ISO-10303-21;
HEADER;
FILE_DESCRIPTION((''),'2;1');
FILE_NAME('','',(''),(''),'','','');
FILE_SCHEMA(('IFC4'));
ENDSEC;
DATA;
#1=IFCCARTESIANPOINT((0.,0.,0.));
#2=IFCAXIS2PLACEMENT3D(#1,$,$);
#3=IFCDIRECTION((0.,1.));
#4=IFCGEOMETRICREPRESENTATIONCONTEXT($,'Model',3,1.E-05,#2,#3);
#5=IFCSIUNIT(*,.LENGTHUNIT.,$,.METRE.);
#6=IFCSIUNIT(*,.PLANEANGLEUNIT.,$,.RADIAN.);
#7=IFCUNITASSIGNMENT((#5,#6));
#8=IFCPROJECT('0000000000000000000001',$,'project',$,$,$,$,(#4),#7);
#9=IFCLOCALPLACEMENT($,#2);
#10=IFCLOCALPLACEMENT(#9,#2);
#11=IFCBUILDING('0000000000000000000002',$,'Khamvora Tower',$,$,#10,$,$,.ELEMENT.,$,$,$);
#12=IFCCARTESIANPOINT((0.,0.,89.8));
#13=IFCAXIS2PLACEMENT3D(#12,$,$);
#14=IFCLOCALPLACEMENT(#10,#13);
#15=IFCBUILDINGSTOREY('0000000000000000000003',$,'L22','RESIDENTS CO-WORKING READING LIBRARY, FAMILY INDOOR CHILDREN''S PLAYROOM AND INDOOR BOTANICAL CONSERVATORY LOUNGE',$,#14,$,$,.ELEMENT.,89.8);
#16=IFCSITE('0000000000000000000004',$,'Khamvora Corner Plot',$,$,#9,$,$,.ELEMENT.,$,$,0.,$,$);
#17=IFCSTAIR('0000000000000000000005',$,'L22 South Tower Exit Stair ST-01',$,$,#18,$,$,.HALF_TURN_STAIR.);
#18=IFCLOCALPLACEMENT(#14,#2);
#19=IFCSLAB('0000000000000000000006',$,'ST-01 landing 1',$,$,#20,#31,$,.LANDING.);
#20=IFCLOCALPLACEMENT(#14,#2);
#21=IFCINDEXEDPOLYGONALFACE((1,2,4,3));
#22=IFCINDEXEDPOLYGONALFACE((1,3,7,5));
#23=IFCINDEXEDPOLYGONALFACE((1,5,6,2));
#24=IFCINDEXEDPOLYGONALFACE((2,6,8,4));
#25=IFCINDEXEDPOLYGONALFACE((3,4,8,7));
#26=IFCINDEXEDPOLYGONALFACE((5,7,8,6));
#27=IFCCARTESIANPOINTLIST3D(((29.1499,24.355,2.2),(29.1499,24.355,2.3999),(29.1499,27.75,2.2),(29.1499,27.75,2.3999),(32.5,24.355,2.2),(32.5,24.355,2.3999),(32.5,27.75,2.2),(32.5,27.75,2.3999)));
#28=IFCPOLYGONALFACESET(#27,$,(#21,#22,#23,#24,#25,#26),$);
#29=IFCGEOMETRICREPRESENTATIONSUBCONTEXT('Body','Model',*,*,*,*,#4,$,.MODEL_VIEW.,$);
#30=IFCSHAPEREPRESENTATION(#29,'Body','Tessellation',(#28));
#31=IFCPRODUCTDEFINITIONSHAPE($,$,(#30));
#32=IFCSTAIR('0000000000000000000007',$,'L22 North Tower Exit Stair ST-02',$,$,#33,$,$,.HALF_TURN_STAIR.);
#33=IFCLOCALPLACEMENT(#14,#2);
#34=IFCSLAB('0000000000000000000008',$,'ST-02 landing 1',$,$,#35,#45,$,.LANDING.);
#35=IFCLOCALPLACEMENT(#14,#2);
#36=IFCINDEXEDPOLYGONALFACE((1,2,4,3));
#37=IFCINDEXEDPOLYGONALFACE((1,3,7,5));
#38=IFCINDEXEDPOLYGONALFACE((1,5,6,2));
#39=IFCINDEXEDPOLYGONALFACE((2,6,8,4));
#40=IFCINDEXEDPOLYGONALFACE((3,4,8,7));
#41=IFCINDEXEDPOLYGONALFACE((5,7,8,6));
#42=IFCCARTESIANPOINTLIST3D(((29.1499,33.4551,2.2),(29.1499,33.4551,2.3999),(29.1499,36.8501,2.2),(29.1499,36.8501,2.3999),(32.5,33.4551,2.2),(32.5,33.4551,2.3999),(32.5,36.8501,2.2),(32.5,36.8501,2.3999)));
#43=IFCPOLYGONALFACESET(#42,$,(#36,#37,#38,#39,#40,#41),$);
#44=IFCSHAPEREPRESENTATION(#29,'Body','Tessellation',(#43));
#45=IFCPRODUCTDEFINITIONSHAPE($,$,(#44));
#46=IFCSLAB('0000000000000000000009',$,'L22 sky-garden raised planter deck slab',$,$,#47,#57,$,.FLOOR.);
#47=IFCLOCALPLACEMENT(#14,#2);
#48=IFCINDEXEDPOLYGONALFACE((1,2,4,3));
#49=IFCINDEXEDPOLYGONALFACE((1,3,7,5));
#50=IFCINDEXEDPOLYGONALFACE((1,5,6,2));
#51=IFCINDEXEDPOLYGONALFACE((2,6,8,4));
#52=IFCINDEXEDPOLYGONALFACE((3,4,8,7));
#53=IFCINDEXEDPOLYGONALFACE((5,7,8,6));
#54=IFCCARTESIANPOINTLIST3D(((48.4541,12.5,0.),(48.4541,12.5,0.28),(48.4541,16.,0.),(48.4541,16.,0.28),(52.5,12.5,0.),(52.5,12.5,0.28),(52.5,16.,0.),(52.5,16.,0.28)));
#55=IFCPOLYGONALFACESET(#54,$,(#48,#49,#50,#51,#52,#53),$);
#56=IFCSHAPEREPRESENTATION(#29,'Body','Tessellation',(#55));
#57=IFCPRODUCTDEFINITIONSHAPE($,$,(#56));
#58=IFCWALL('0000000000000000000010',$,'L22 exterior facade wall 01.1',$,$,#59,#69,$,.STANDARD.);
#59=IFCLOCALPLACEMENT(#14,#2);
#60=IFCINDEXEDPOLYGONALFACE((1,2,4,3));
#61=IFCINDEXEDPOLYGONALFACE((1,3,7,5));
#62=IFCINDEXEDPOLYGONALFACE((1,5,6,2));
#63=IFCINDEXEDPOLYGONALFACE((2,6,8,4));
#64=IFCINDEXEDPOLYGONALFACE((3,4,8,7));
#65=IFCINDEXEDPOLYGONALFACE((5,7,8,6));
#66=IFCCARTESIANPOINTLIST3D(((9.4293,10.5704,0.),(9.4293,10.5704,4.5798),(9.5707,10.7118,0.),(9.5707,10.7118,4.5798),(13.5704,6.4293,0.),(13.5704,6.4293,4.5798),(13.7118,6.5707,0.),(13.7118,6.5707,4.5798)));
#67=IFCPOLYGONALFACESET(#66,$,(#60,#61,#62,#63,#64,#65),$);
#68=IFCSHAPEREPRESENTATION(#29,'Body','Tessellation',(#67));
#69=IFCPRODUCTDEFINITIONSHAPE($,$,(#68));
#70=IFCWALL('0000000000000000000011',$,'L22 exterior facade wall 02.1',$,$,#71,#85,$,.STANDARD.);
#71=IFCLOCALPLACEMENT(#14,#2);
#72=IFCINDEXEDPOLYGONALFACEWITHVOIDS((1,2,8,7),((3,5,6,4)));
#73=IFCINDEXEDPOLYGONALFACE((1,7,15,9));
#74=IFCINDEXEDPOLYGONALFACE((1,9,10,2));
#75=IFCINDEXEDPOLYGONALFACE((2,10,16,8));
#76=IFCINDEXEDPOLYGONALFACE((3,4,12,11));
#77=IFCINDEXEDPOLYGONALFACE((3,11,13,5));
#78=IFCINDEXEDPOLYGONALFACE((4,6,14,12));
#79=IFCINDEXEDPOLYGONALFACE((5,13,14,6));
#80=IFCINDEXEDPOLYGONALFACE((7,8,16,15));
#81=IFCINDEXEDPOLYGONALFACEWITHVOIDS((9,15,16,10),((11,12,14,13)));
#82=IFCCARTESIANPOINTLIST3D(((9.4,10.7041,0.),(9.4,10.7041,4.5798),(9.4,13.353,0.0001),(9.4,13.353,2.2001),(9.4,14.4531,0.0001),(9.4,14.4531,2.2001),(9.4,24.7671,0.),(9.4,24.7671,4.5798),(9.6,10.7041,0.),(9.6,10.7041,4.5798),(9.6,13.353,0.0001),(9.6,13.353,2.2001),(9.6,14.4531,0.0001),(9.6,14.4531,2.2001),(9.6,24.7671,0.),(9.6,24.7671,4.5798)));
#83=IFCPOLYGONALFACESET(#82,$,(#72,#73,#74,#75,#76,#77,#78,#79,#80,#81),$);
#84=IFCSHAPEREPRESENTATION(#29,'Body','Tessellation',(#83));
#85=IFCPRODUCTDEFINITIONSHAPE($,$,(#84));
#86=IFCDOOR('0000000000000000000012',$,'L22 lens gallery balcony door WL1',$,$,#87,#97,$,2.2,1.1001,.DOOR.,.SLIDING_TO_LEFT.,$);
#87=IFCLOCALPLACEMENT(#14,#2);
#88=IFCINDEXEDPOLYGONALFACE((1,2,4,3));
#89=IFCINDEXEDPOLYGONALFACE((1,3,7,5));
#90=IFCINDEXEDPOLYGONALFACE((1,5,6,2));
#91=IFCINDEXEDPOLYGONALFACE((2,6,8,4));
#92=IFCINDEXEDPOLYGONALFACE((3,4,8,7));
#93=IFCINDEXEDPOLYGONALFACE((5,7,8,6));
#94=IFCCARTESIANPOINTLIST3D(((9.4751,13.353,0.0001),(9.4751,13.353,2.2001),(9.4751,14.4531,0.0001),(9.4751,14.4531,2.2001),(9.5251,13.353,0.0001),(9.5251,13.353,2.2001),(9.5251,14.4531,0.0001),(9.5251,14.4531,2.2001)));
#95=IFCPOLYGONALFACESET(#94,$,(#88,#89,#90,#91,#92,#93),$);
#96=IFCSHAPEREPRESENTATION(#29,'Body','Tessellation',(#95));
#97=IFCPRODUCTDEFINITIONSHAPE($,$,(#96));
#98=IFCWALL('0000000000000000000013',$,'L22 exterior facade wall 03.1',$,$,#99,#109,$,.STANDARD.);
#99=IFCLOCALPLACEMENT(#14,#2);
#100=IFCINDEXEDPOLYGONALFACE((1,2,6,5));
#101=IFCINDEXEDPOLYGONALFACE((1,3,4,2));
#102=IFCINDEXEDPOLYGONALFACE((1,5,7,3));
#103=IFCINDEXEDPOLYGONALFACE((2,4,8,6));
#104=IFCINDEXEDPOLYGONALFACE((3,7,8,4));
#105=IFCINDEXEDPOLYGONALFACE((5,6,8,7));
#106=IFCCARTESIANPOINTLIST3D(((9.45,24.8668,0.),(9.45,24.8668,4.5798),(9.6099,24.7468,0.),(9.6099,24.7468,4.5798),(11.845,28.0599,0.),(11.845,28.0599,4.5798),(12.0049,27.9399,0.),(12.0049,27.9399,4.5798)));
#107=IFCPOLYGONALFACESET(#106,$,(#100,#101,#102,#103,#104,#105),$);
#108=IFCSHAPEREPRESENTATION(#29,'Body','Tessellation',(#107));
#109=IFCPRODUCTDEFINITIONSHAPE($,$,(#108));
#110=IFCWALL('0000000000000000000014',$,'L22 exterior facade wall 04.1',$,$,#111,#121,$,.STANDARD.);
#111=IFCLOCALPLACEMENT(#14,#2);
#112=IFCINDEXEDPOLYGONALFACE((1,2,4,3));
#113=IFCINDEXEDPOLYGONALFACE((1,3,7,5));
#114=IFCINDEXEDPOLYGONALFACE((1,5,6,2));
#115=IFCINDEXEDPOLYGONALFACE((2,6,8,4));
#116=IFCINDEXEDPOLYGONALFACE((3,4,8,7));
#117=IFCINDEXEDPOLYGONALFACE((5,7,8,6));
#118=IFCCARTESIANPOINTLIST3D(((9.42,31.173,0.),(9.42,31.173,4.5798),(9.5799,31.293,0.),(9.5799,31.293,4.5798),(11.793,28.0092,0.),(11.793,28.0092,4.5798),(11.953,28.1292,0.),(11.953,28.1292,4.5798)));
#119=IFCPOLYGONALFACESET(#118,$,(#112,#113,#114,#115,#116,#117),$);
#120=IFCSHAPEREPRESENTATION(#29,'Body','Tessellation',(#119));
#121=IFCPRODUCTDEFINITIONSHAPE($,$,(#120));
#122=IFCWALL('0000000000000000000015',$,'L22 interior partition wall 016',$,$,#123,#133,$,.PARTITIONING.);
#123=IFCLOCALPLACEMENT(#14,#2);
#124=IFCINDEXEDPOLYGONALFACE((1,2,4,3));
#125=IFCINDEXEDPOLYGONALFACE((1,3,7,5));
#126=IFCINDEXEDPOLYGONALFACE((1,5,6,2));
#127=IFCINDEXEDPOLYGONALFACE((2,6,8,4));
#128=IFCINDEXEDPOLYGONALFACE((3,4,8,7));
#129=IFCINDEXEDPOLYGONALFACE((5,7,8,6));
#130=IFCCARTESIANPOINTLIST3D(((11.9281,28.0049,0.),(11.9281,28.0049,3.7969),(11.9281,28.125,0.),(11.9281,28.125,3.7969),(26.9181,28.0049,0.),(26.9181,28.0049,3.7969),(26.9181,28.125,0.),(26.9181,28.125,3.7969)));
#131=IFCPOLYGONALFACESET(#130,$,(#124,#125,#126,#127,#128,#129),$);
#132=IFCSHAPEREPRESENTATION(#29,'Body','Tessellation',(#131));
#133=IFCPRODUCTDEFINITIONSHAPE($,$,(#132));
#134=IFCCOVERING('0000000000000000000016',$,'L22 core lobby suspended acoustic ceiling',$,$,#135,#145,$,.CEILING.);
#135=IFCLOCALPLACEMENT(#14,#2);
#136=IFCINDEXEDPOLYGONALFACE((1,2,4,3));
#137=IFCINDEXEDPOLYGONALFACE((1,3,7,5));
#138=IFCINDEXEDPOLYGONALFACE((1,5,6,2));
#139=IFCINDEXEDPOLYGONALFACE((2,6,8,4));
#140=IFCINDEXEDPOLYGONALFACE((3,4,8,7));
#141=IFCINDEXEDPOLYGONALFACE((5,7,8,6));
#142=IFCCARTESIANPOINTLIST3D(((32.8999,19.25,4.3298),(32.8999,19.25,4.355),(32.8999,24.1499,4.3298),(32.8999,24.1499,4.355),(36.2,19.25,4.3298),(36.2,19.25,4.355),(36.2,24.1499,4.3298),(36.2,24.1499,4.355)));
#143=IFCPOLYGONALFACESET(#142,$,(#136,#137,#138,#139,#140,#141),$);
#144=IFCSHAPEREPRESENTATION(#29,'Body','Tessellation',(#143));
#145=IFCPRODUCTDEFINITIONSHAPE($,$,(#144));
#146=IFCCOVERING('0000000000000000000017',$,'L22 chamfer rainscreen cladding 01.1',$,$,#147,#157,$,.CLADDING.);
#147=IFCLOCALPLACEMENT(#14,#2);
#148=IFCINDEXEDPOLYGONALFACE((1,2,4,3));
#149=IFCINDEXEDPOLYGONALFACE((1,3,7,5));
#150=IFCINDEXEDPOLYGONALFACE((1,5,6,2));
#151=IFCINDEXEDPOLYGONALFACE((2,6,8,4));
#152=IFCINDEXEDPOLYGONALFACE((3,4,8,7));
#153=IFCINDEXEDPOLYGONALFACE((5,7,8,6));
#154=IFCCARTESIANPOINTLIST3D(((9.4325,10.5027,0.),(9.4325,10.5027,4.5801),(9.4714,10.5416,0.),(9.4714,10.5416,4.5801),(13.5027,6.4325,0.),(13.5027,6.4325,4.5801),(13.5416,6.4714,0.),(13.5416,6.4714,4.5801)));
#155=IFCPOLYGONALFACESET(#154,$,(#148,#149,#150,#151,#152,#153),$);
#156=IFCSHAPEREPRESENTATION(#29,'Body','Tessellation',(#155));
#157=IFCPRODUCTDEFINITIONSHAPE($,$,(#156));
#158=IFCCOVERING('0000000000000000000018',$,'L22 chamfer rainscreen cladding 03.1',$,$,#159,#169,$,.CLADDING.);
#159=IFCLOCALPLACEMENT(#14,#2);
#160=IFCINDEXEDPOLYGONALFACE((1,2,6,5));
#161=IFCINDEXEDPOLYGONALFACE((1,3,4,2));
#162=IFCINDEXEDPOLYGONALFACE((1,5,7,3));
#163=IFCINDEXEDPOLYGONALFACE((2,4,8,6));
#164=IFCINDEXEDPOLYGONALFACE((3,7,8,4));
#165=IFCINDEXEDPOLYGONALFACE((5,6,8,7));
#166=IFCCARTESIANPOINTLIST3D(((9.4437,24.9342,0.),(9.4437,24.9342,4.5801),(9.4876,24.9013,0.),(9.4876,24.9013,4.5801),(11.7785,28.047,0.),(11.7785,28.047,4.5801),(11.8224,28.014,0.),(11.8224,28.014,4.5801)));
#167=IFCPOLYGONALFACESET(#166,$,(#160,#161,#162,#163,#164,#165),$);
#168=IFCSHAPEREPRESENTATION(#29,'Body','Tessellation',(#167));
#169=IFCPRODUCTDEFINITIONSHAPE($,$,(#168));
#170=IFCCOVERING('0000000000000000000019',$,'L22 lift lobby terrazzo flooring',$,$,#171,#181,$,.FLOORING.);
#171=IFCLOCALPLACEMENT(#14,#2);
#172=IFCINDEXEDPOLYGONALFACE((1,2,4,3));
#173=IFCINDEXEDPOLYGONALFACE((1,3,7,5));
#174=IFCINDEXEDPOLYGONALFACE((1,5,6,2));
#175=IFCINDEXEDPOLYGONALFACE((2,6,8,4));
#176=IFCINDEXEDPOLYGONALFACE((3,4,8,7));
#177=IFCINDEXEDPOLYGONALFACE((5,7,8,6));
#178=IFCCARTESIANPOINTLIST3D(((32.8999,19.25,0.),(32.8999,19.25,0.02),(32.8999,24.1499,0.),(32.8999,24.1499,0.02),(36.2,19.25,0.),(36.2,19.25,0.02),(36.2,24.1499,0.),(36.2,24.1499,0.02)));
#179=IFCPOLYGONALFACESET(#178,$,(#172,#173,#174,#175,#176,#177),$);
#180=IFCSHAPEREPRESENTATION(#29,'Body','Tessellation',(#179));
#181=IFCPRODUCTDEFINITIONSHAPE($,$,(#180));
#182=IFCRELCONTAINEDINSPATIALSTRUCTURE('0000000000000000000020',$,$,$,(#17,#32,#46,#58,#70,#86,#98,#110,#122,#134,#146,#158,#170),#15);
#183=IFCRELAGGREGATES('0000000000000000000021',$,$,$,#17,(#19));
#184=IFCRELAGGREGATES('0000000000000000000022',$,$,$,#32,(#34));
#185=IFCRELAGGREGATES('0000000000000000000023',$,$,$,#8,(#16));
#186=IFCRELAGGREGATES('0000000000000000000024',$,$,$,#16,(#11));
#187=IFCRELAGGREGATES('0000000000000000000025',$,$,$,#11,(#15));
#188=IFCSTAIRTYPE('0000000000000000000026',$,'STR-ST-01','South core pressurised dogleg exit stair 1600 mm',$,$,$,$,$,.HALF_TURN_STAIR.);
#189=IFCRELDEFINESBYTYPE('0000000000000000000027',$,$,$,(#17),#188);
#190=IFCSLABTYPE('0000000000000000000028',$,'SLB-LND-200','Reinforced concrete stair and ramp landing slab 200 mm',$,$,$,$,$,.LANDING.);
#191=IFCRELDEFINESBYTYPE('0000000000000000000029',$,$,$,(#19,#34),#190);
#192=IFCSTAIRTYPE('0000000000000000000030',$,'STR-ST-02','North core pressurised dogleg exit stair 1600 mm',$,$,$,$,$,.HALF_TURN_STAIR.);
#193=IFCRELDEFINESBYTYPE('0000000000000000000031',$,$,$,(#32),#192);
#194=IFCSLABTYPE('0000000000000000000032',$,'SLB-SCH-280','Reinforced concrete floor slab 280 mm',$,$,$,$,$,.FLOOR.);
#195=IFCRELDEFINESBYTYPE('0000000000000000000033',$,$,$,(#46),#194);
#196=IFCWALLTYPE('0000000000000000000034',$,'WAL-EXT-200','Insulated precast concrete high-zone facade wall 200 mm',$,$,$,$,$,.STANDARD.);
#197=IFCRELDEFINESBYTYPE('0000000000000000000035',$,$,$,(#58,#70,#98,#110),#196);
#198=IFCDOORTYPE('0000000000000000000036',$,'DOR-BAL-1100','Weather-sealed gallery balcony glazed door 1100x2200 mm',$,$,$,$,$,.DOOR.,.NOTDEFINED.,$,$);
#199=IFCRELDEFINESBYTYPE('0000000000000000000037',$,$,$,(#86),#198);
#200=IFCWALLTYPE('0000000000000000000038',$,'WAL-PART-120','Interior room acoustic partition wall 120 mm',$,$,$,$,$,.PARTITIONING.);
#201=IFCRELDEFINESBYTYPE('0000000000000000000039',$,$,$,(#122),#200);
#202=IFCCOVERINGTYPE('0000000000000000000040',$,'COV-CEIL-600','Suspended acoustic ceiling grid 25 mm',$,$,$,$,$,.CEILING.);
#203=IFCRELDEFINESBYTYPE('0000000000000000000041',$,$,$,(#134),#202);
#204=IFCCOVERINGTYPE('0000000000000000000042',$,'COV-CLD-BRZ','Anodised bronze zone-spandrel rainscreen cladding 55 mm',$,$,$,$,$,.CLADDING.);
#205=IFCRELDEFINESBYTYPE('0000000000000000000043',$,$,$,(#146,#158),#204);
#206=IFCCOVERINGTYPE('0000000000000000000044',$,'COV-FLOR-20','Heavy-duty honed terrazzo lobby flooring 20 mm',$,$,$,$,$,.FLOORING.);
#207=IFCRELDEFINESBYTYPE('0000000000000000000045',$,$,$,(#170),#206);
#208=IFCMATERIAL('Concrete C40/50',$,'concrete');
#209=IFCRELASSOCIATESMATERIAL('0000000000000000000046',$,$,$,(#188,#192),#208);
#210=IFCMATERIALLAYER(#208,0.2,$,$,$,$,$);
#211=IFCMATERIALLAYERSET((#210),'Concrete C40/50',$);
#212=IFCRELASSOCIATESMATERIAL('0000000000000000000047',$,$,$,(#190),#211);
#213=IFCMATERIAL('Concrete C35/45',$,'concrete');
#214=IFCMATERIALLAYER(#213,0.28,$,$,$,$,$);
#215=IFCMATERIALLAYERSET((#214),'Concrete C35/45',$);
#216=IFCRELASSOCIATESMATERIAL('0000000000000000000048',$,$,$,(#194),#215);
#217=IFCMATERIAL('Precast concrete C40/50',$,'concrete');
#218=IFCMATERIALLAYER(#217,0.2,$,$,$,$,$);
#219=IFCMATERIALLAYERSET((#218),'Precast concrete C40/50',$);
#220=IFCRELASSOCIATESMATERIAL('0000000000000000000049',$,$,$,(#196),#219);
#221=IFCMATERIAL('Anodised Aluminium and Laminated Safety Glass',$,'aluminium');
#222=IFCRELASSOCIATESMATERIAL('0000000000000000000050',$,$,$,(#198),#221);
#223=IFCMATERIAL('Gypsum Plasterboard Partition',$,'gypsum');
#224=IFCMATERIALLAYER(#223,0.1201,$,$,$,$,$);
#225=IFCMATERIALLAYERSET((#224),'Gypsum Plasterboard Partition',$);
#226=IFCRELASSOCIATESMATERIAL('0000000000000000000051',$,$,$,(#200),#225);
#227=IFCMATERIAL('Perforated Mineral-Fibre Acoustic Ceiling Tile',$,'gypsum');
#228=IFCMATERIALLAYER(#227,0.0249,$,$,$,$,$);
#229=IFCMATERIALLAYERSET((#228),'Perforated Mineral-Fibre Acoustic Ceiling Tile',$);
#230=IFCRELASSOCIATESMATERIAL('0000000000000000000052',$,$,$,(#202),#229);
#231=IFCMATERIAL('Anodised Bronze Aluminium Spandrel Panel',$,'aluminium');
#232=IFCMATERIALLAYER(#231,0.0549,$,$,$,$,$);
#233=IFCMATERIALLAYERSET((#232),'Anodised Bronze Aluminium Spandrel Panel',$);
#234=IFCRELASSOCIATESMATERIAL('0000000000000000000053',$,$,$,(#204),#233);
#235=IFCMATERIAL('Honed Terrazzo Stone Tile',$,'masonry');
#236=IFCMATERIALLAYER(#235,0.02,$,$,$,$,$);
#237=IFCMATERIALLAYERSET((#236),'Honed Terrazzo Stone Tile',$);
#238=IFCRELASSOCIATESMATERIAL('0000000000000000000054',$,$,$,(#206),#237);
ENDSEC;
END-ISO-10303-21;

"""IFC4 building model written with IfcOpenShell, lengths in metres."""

from ifc_helpers import new_model, si_unit, direction, frame, frame_2d, origin, origin_2d, place, context, subcontext, project, spatial, polyline, rectangle, outline, extrude, material, layer, layer_set, type_object, element, fill, aggregate, save


model = new_model("IFC4")

# Units and contexts
model_context = context("Model", 3, precision=1e-05, world=origin(), true_north=direction((0.0, 1.0)))
body_context = subcontext(model_context, "Body", "Model", "MODEL_VIEW")
ifc_project = project(units=[si_unit("LENGTHUNIT", "METRE"), si_unit("PLANEANGLEUNIT", "RADIAN")], contexts=[model_context])

# Site, building, storey
site_placement = place(None, origin())
site = spatial("IfcSite", under=ifc_project, at=site_placement, Name="Khamvora Corner Plot", CompositionType="ELEMENT", RefElevation=0.0)
building_placement = place(site_placement, origin())
building = spatial("IfcBuilding", under=site, at=building_placement, Name="Khamvora Tower", CompositionType="ELEMENT")
storey_placement = place(building_placement, frame((0.0, 0.0, 89.8)))
storey = spatial("IfcBuildingStorey", under=building, at=storey_placement, Name="L22", Description="RESIDENTS CO-WORKING READING LIBRARY, FAMILY INDOOR CHILDREN'S PLAYROOM AND INDOOR BOTANICAL CONSERVATORY LOUNGE", CompositionType="ELEMENT", Elevation=89.8)

# Shared definitions
ifc_material_1 = material(Name="Concrete C40/50", Category="concrete")

# Stairs, slabs
stair_type_1 = type_object("IfcStairType", Name="STR-ST-01", Description="South core pressurised dogleg exit stair 1600 mm", PredefinedType="HALF_TURN_STAIR", material=ifc_material_1)
stair_1_placement = place(storey_placement, origin())
stair_1 = element("IfcStair", 1, at=stair_1_placement, inside=storey, type_object=stair_type_1, Name="L22 South Tower Exit Stair ST-01", PredefinedType="HALF_TURN_STAIR")
ifc_layer_1 = layer(ifc_material_1, 0.2)
ifc_layer_set_1 = layer_set([ifc_layer_1], Name="Concrete C40/50")
slab_type_1 = type_object("IfcSlabType", Name="SLB-LND-200", Description="Reinforced concrete stair and ramp landing slab 200 mm", PredefinedType="LANDING", material=ifc_layer_set_1)
slab_1_placement = place(storey_placement, frame((0.0, 0.0, 2.2)))
slab_1 = element("IfcSlab", 2, at=slab_1_placement, type_object=slab_type_1, Name="ST-01 landing 1", PredefinedType="LANDING", context=body_context, shape_type="SweptSolid", body=[
    extrude(outline(polyline([(32.5, 24.355), (32.5, 27.75), (29.1499, 27.75), (29.1499, 24.355), (32.5, 24.355)])), origin(), (0.0, 0.0, 1.0), 0.2),
])
aggregate(stair_1, [slab_1])
stair_type_2 = type_object("IfcStairType", Name="STR-ST-02", Description="North core pressurised dogleg exit stair 1600 mm", PredefinedType="HALF_TURN_STAIR", material=ifc_material_1)
stair_2_placement = place(storey_placement, origin())
stair_2 = element("IfcStair", 3, at=stair_2_placement, inside=storey, type_object=stair_type_2, Name="L22 North Tower Exit Stair ST-02", PredefinedType="HALF_TURN_STAIR")
slab_2_placement = place(storey_placement, frame((0.0, 0.0, 2.2)))
slab_2 = element("IfcSlab", 4, at=slab_2_placement, type_object=slab_type_1, Name="ST-02 landing 1", PredefinedType="LANDING", context=body_context, shape_type="SweptSolid", body=[
    extrude(outline(polyline([(32.5, 33.4551), (32.5, 36.8501), (29.1499, 36.8501), (29.1499, 33.4551), (32.5, 33.4551)])), origin(), (0.0, 0.0, 1.0), 0.2),
])
aggregate(stair_2, [slab_2])

# Slab
ifc_material_2 = material(Name="Concrete C35/45", Category="concrete")
ifc_layer_2 = layer(ifc_material_2, 0.28)
ifc_layer_set_2 = layer_set([ifc_layer_2], Name="Concrete C35/45")
slab_type_2 = type_object("IfcSlabType", Name="SLB-SCH-280", Description="Reinforced concrete floor slab 280 mm", PredefinedType="FLOOR", material=ifc_layer_set_2)
slab_3_placement = place(storey_placement, origin())
element("IfcSlab", 5, at=slab_3_placement, inside=storey, type_object=slab_type_2, Name="L22 sky-garden raised planter deck slab", PredefinedType="FLOOR", context=body_context, shape_type="SweptSolid", body=[
    extrude(outline(polyline([(48.4541, 12.5), (52.5, 12.5), (52.5, 16.0), (48.4541, 16.0), (48.4541, 12.5)])), origin(), (0.0, 0.0, 1.0), 0.28),
])

# Wall
ifc_material_3 = material(Name="Precast concrete C40/50", Category="concrete")
ifc_layer_3 = layer(ifc_material_3, 0.2)
ifc_layer_set_3 = layer_set([ifc_layer_3], Name="Precast concrete C40/50")
wall_type_1 = type_object("IfcWallType", Name="WAL-EXT-200", Description="Insulated precast concrete high-zone facade wall 200 mm", PredefinedType="STANDARD", material=ifc_layer_set_3)
wall_1_placement = place(storey_placement, frame((13.6411, 6.5, 0.0), z_axis=(0.0, 0.0, 1.0), x_axis=(-0.707107, 0.707107, 0.0)))
element("IfcWall", 6, at=wall_1_placement, inside=storey, type_object=wall_type_1, Name="L22 exterior facade wall 01.1", PredefinedType="STANDARD", context=body_context, shape_type="SweptSolid", body=[
    extrude(rectangle(XDim=5.8564, YDim=0.2, at=frame_2d((2.9282, 0.0))), origin(), (0.0, 0.0, 1.0), 4.5798),
])

# Wall, opening, door
wall_2_placement = place(storey_placement, frame((9.5, 10.7041, 0.0), z_axis=(0.0, 0.0, 1.0), x_axis=(0.0, 1.0, 0.0)))
wall_2 = element("IfcWall", 7, at=wall_2_placement, inside=storey, type_object=wall_type_1, Name="L22 exterior facade wall 02.1", PredefinedType="STANDARD", context=body_context, shape_type="SweptSolid", body=[
    extrude(rectangle(XDim=14.063, YDim=0.2, at=frame_2d((7.0315, 0.0))), origin(), (0.0, 0.0, 1.0), 4.5798),
])
opening_placement = place(wall_2_placement, frame((2.6489, 0.0, 0.0)))
opening = element("IfcOpeningElement", 8, at=opening_placement, cuts=wall_2, PredefinedType="OPENING", context=body_context, shape_type="SweptSolid", body=[
    extrude(rectangle(XDim=1.1001, YDim=2.2, at=frame_2d((0.55, 1.1001))), frame((0.0, 0.1099, 0.0), z_axis=(0.0, -1.0, 0.0), x_axis=(1.0, 0.0, 0.0)), (0.0, 0.0, 1.0), 0.22),
])
ifc_material_4 = material(Name="Anodised Aluminium and Laminated Safety Glass", Category="aluminium")
door_type = type_object("IfcDoorType", Name="DOR-BAL-1100", Description="Weather-sealed gallery balcony glazed door 1100x2200 mm", OperationType="NOTDEFINED", PredefinedType="DOOR", material=ifc_material_4)
door_placement = place(opening_placement, origin())
door = element("IfcDoor", 9, at=door_placement, inside=storey, type_object=door_type, Name="L22 lens gallery balcony door WL1", OperationType="SLIDING_TO_LEFT", OverallHeight=2.2, OverallWidth=1.1001, PredefinedType="DOOR", context=body_context, shape_type="SweptSolid", body=[
    extrude(rectangle(XDim=1.1001, YDim=2.2, at=frame_2d((0.55, 1.1001))), frame((0.0, 0.0249, 0.0), z_axis=(0.0, -1.0, 0.0), x_axis=(1.0, 0.0, 0.0)), (0.0, 0.0, 1.0), 0.05),
])
fill(opening, door)

# Walls
wall_3_placement = place(storey_placement, frame((9.53, 24.8069, 0.0), z_axis=(0.0, 0.0, 1.0), x_axis=(0.600029, 0.799978, 0.0)))
element("IfcWall", 10, at=wall_3_placement, inside=storey, type_object=wall_type_1, Name="L22 exterior facade wall 03.1", PredefinedType="STANDARD", context=body_context, shape_type="SweptSolid", body=[
    extrude(rectangle(XDim=3.9915, YDim=0.2, at=frame_2d((1.9956, 0.0))), origin(), (0.0, 0.0, 1.0), 4.5798),
])
wall_4_placement = place(storey_placement, frame((11.873, 28.0691, 0.0), z_axis=(0.0, 0.0, 1.0), x_axis=(-0.60003, 0.799978, 0.0)))
element("IfcWall", 11, at=wall_4_placement, inside=storey, type_object=wall_type_1, Name="L22 exterior facade wall 04.1", PredefinedType="STANDARD", context=body_context, shape_type="SweptSolid", body=[
    extrude(rectangle(XDim=3.9548, YDim=0.2, at=frame_2d((1.9775, 0.0))), origin(), (0.0, 0.0, 1.0), 4.5798),
])
ifc_material_5 = material(Name="Gypsum Plasterboard Partition", Category="gypsum")
ifc_layer_4 = layer(ifc_material_5, 0.1201)
ifc_layer_set_4 = layer_set([ifc_layer_4], Name="Gypsum Plasterboard Partition")
wall_type_2 = type_object("IfcWallType", Name="WAL-PART-120", Description="Interior room acoustic partition wall 120 mm", PredefinedType="PARTITIONING", material=ifc_layer_set_4)
wall_5_placement = place(storey_placement, frame((11.928, 28.0649, 0.0), z_axis=(0.0, 0.0, 1.0), x_axis=(1.0, 0.0, 0.0)))
element("IfcWall", 12, at=wall_5_placement, inside=storey, type_object=wall_type_2, Name="L22 interior partition wall 016", PredefinedType="PARTITIONING", context=body_context, shape_type="SweptSolid", body=[
    extrude(rectangle(XDim=14.99, YDim=0.1201, at=frame_2d((7.4951, 0.0))), origin(), (0.0, 0.0, 1.0), 3.7969),
])

# Coverings
ifc_material_6 = material(Name="Perforated Mineral-Fibre Acoustic Ceiling Tile", Category="gypsum")
ifc_layer_5 = layer(ifc_material_6, 0.0249)
ifc_layer_set_5 = layer_set([ifc_layer_5], Name="Perforated Mineral-Fibre Acoustic Ceiling Tile")
covering_type_1 = type_object("IfcCoveringType", Name="COV-CEIL-600", Description="Suspended acoustic ceiling grid 25 mm", PredefinedType="CEILING", material=ifc_layer_set_5)
covering_1_placement = place(storey_placement, frame((0.0, 0.0, 4.3298)))
element("IfcCovering", 13, at=covering_1_placement, inside=storey, type_object=covering_type_1, Name="L22 core lobby suspended acoustic ceiling", PredefinedType="CEILING", context=body_context, shape_type="SweptSolid", body=[
    extrude(outline(polyline([(32.8999, 19.25), (36.2, 19.25), (36.2, 24.1499), (32.8999, 24.1499), (32.8999, 19.25)])), origin(), (0.0, 0.0, 1.0), 0.0251),
])
ifc_material_7 = material(Name="Anodised Bronze Aluminium Spandrel Panel", Category="aluminium")
ifc_layer_6 = layer(ifc_material_7, 0.0549)
ifc_layer_set_6 = layer_set([ifc_layer_6], Name="Anodised Bronze Aluminium Spandrel Panel")
covering_type_2 = type_object("IfcCoveringType", Name="COV-CLD-BRZ", Description="Anodised bronze zone-spandrel rainscreen cladding 55 mm", PredefinedType="CLADDING", material=ifc_layer_set_6)
covering_2_placement = place(storey_placement, frame((11.4871, 8.4871, 0.0), z_axis=(0.0, 0.0, 1.0), x_axis=(-0.707107, 0.707107, 0.0)))
element("IfcCovering", 14, at=covering_2_placement, inside=storey, type_object=covering_type_2, Name="L22 chamfer rainscreen cladding 01.1", PredefinedType="CLADDING", context=body_context, shape_type="SweptSolid", body=[
    extrude(rectangle(XDim=5.7561, YDim=0.0549, at=origin_2d()), origin(), (0.0, 0.0, 1.0), 4.5801),
])
covering_3_placement = place(storey_placement, frame((10.6331, 26.4741, 0.0), z_axis=(0.0, 0.0, 1.0), x_axis=(0.60004, 0.79997, 0.0)))
element("IfcCovering", 15, at=covering_3_placement, inside=storey, type_object=covering_type_2, Name="L22 chamfer rainscreen cladding 03.1", PredefinedType="CLADDING", context=body_context, shape_type="SweptSolid", body=[
    extrude(rectangle(XDim=3.8911, YDim=0.0549, at=origin_2d()), origin(), (0.0, 0.0, 1.0), 4.5801),
])
ifc_material_8 = material(Name="Honed Terrazzo Stone Tile", Category="masonry")
ifc_layer_7 = layer(ifc_material_8, 0.02)
ifc_layer_set_7 = layer_set([ifc_layer_7], Name="Honed Terrazzo Stone Tile")
covering_type_3 = type_object("IfcCoveringType", Name="COV-FLOR-20", Description="Heavy-duty honed terrazzo lobby flooring 20 mm", PredefinedType="FLOORING", material=ifc_layer_set_7)
covering_4_placement = place(storey_placement, origin())
element("IfcCovering", 16, at=covering_4_placement, inside=storey, type_object=covering_type_3, Name="L22 lift lobby terrazzo flooring", PredefinedType="FLOORING", context=body_context, shape_type="SweptSolid", body=[
    extrude(outline(polyline([(32.8999, 19.25), (36.2, 19.25), (36.2, 24.1499), (32.8999, 24.1499), (32.8999, 19.25)])), origin(), (0.0, 0.0, 1.0), 0.02),
])

save(model, "model.ifc")
